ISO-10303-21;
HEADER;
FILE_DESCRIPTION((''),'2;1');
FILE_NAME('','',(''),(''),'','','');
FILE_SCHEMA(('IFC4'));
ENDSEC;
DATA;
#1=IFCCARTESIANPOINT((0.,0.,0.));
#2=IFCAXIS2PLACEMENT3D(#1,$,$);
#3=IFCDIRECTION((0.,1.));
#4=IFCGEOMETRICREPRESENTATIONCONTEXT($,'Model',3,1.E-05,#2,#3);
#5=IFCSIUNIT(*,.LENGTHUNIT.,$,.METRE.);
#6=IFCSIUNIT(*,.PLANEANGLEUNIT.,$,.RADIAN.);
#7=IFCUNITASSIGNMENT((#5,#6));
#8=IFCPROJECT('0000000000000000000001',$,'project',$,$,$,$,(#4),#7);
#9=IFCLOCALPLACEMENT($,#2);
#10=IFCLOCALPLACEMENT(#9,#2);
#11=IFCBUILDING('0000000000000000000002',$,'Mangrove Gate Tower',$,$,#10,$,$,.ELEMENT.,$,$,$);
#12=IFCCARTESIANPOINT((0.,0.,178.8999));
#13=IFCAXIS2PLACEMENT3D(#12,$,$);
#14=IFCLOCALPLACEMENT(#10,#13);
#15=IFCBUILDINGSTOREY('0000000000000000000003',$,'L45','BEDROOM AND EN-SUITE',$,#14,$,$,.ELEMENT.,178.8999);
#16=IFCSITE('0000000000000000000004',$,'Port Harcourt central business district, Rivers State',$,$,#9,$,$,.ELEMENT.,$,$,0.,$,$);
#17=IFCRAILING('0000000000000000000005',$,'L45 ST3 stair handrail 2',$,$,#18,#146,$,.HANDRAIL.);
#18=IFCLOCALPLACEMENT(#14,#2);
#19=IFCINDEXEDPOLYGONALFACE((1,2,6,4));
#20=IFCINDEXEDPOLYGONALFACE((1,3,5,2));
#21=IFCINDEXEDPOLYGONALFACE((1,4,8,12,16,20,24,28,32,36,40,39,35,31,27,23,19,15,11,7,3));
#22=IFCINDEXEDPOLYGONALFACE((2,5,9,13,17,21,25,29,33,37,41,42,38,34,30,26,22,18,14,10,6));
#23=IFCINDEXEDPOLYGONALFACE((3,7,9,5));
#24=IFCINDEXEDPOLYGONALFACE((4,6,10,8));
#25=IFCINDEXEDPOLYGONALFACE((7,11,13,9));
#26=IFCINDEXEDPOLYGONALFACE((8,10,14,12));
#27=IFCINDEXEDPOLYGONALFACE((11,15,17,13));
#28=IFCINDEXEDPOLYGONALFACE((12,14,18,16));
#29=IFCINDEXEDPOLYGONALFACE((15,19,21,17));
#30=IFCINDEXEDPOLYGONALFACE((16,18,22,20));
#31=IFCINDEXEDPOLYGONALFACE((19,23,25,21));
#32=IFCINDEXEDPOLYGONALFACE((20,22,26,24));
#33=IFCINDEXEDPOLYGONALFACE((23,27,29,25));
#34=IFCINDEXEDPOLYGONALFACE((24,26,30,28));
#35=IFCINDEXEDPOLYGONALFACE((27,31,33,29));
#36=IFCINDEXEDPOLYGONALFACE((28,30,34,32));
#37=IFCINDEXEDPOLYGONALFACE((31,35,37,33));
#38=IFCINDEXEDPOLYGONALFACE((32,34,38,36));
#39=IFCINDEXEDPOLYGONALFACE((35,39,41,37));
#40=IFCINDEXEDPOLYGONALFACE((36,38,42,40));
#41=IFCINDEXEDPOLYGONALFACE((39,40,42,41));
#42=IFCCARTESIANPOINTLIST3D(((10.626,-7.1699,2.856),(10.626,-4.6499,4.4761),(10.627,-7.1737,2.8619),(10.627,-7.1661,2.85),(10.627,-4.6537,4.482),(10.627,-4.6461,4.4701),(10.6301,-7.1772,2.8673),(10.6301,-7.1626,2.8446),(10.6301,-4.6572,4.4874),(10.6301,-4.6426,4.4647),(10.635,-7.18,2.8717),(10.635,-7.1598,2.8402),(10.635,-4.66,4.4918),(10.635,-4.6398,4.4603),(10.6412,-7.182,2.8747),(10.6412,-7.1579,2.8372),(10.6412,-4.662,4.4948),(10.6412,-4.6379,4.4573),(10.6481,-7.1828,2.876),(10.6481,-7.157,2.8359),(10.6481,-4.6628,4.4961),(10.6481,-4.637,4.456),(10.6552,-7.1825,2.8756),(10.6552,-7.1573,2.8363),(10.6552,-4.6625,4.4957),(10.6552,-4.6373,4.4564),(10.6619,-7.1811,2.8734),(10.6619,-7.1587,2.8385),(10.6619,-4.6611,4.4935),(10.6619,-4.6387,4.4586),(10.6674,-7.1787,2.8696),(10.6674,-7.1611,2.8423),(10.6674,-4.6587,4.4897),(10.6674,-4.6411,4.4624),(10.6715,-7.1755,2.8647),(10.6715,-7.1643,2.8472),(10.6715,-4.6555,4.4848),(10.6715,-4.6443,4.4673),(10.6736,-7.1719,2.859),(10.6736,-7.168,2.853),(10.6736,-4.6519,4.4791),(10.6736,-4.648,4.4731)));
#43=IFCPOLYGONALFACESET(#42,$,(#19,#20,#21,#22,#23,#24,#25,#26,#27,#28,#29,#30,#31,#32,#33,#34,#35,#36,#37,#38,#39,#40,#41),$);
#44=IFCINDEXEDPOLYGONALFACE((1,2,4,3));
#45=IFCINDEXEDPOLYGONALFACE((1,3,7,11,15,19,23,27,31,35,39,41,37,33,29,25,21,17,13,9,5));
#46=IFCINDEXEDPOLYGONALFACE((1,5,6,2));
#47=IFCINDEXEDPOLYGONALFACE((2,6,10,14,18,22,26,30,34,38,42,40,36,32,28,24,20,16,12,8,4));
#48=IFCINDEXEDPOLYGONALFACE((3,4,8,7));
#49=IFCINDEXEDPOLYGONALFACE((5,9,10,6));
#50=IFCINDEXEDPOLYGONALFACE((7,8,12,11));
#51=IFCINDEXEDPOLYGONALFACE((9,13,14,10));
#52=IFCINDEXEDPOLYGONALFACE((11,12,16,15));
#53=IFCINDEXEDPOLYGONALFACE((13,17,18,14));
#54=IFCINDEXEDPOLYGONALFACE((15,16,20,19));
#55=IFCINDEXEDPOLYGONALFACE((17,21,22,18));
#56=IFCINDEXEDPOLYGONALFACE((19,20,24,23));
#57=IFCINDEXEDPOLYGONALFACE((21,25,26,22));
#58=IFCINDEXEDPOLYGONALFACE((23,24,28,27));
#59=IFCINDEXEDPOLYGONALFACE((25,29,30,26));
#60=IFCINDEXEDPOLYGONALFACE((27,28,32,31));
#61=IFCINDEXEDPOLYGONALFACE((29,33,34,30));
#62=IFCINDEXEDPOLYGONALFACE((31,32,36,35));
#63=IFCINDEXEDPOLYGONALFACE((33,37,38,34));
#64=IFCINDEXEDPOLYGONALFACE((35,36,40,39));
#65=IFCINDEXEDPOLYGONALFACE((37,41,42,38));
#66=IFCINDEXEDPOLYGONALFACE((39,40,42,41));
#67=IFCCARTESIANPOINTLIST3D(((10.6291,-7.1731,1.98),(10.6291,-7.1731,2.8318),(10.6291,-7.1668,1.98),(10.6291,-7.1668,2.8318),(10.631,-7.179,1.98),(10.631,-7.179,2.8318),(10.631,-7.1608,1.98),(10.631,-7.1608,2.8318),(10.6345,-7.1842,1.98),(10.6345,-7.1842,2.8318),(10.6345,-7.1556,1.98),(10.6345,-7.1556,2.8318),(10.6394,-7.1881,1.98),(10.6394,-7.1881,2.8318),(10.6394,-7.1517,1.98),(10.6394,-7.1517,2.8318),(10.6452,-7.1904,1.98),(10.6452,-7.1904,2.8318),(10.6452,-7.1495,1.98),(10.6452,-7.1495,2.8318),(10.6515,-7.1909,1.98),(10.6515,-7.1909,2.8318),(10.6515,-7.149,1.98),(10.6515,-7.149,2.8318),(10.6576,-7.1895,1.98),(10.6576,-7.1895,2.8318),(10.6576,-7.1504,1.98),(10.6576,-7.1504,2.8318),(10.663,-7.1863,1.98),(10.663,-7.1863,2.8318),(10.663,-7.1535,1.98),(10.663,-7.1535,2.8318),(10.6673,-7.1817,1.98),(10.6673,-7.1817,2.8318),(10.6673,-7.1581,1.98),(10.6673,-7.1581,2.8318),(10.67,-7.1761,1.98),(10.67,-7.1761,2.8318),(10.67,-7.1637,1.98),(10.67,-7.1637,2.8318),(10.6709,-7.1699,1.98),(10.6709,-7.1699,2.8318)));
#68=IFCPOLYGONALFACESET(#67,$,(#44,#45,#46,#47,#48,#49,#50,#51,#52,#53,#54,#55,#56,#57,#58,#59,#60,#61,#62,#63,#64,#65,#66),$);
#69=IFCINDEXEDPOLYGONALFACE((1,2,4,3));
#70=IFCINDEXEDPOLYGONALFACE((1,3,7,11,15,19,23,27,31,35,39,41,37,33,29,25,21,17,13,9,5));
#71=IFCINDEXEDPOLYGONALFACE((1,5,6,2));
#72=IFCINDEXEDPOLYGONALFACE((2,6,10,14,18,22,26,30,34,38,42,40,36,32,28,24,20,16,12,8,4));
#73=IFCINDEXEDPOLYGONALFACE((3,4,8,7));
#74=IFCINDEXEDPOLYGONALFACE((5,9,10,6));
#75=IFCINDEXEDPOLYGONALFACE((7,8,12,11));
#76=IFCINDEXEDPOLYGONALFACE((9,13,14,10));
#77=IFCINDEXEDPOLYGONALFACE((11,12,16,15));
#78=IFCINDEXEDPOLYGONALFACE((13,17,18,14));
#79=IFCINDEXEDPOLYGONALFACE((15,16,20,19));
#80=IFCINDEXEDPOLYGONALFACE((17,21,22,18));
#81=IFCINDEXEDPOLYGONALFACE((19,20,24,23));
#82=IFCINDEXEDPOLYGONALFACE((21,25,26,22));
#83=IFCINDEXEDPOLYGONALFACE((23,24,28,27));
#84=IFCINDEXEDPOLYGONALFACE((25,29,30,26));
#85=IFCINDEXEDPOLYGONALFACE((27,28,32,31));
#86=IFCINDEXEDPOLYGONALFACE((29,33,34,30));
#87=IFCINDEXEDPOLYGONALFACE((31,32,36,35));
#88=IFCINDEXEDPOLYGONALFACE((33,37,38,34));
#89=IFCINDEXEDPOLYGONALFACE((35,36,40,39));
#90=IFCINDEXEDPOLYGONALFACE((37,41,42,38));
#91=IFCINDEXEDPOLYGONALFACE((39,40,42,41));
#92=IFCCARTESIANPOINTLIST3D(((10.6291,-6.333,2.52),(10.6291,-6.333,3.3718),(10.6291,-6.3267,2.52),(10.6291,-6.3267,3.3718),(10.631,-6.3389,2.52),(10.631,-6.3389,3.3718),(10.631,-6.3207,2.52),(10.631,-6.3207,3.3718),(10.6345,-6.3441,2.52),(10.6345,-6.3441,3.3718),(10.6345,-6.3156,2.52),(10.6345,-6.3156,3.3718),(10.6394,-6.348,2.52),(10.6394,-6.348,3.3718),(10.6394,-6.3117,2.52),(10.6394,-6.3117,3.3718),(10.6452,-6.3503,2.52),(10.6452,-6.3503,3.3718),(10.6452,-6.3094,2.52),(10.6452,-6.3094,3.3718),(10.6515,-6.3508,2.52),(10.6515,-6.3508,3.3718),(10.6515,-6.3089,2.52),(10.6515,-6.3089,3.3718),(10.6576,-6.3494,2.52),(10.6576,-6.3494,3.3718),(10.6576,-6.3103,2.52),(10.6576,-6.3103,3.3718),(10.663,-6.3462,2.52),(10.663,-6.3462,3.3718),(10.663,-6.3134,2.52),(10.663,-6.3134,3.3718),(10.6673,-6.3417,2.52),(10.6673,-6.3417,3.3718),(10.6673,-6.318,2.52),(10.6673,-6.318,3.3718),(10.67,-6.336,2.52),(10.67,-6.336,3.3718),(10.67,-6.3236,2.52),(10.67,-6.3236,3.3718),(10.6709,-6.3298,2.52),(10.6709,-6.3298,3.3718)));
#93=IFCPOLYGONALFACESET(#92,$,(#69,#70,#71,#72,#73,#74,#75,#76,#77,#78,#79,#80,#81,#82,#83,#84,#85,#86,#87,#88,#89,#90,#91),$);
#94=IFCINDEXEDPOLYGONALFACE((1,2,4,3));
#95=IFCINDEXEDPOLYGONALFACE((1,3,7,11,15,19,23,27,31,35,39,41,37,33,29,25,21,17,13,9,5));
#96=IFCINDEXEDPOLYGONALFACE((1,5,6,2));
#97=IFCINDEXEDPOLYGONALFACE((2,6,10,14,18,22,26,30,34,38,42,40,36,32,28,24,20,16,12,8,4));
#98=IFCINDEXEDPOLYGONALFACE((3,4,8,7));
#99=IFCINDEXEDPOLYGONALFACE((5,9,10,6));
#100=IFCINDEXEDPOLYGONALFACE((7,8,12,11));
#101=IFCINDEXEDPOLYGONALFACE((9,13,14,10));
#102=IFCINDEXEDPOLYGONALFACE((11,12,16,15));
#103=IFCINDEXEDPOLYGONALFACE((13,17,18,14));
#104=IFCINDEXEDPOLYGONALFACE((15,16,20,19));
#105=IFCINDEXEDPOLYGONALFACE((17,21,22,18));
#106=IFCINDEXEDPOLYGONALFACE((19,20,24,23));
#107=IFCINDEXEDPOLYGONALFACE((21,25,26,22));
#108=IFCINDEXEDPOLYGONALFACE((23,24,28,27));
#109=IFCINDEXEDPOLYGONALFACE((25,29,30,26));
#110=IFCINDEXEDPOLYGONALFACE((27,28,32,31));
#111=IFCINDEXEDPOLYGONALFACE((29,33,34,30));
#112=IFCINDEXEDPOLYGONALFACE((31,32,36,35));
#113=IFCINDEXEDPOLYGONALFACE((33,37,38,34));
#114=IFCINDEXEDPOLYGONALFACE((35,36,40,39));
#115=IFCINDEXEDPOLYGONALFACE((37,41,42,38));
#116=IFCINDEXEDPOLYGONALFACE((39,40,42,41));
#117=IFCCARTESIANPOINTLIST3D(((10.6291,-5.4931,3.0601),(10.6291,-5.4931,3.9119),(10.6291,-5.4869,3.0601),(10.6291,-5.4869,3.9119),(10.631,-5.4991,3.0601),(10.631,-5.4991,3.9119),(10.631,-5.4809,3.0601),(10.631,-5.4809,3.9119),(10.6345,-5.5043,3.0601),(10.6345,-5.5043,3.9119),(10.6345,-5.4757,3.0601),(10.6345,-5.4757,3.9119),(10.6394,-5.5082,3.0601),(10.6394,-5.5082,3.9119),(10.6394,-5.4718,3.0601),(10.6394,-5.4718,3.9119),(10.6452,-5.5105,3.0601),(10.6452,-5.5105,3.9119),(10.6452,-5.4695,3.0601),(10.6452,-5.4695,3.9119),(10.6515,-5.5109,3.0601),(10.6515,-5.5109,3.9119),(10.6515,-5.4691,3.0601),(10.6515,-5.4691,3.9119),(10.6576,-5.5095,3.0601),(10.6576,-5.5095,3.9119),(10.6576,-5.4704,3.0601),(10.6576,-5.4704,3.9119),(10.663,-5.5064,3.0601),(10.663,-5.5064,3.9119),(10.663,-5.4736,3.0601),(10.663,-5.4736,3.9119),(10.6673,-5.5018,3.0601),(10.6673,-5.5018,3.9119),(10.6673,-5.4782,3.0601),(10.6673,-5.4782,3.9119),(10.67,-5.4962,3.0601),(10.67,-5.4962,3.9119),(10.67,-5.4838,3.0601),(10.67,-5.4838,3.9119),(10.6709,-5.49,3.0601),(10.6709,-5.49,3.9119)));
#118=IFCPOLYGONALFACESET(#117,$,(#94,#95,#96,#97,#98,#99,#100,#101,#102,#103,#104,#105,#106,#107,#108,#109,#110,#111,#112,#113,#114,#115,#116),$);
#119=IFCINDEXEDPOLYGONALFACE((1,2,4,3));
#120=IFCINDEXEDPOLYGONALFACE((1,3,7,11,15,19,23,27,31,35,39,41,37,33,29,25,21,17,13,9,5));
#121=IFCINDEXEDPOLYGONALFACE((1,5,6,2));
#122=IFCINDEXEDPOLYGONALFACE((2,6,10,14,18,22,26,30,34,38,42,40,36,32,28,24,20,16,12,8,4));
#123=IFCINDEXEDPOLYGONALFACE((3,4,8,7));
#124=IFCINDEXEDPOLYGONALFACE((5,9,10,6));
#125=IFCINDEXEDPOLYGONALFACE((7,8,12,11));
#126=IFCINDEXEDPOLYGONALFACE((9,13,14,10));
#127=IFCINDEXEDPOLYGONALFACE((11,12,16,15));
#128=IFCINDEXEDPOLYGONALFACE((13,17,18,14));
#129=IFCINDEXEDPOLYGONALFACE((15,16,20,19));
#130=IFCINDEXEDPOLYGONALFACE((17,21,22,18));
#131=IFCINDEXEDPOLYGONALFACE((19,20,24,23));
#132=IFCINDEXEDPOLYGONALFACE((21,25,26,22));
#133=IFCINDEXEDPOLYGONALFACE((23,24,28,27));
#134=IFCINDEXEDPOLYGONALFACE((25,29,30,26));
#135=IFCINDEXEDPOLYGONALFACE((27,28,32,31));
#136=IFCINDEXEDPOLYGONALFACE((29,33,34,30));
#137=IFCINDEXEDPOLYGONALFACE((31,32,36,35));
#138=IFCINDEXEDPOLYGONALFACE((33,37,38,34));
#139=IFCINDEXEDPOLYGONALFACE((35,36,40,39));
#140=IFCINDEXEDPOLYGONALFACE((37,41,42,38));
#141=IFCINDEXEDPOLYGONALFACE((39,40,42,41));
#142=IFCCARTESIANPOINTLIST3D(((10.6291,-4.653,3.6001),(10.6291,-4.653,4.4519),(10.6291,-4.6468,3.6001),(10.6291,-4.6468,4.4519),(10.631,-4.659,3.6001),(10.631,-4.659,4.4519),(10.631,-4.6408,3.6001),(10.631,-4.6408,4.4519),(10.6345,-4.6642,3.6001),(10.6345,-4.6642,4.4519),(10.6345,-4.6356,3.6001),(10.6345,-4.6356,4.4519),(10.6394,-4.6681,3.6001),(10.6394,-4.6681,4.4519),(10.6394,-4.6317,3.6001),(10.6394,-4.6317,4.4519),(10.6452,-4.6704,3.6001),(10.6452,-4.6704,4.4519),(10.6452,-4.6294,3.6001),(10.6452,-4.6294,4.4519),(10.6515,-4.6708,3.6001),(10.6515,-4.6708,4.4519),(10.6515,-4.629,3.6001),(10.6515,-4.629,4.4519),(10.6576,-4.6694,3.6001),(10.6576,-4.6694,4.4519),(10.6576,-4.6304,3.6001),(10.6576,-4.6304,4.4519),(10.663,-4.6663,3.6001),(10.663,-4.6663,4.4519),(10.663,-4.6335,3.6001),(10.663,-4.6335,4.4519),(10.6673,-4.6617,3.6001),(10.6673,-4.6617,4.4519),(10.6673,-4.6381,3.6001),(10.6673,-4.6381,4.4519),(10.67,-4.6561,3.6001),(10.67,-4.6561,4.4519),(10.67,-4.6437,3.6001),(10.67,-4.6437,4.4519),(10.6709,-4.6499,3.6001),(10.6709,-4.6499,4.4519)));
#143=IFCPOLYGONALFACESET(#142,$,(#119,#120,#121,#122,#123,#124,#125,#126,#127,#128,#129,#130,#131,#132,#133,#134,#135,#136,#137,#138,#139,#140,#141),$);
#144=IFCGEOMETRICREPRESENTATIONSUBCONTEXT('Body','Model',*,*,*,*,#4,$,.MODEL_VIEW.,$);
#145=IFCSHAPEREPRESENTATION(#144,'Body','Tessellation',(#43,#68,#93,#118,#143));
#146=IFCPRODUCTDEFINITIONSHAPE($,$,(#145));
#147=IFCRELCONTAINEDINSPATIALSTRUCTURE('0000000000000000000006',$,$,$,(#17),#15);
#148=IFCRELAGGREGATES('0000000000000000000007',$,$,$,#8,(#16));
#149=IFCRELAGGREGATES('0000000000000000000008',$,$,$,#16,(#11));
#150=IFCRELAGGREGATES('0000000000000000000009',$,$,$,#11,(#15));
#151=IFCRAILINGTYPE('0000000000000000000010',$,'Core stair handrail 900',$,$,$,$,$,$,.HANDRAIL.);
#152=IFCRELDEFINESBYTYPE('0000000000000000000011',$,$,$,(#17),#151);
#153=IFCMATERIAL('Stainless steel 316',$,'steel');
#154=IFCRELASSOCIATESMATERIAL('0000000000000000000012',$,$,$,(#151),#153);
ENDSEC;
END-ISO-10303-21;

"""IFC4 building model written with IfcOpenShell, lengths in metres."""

from ifc_helpers import new_model, si_unit, direction, frame, origin, origin_2d, place, context, subcontext, project, spatial, circle, extrude, material, type_object, element, save


model = new_model("IFC4")

# Units and contexts
model_context = context("Model", 3, precision=1e-05, world=origin(), true_north=direction((0.0, 1.0)))
body_context = subcontext(model_context, "Body", "Model", "MODEL_VIEW")
ifc_project = project(units=[si_unit("LENGTHUNIT", "METRE"), si_unit("PLANEANGLEUNIT", "RADIAN")], contexts=[model_context])

# Site, building, storey
site_placement = place(None, origin())
site = spatial("IfcSite", under=ifc_project, at=site_placement, Name="Port Harcourt central business district, Rivers State", CompositionType="ELEMENT", RefElevation=0.0)
building_placement = place(site_placement, origin())
building = spatial("IfcBuilding", under=site, at=building_placement, Name="Mangrove Gate Tower", CompositionType="ELEMENT")
storey_placement = place(building_placement, frame((0.0, 0.0, 178.8999)))
storey = spatial("IfcBuildingStorey", under=building, at=storey_placement, Name="L45", Description="BEDROOM AND EN-SUITE", CompositionType="ELEMENT", Elevation=178.8999)

# Railing
ifc_material_1 = material(Name="Stainless steel 316", Category="steel")
railing_type_1 = type_object("IfcRailingType", Name="Core stair handrail 900", PredefinedType="HANDRAIL", material=ifc_material_1)
railing_1_placement = place(storey_placement, frame((10.6499, -7.1699, 1.98)))
element("IfcRailing", 1, at=railing_1_placement, inside=storey, type_object=railing_type_1, Name="L45 ST3 stair handrail 2", PredefinedType="HANDRAIL", context=body_context, shape_type="SweptSolid", body=[
    extrude(circle(Radius=0.0239, at=origin_2d()), frame((0.0, 0.0, 0.876), z_axis=(0.0, 0.841163, 0.540782), x_axis=(-1.0, 0.0, 0.0)), (0.0, 0.0, 1.0), 2.9958),
    extrude(circle(Radius=0.021, at=origin_2d()), origin(), (0.0, 0.0, 1.0), 0.8518),
    extrude(circle(Radius=0.021, at=origin_2d()), frame((0.0, 0.8401, 0.54)), (0.0, 0.0, 1.0), 0.8518),
    extrude(circle(Radius=0.021, at=origin_2d()), frame((0.0, 1.6799, 1.0801)), (0.0, 0.0, 1.0), 0.8518),
    extrude(circle(Radius=0.021, at=origin_2d()), frame((0.0, 2.52, 1.6201)), (0.0, 0.0, 1.0), 0.8518),
])

save(model, "model.ifc")
